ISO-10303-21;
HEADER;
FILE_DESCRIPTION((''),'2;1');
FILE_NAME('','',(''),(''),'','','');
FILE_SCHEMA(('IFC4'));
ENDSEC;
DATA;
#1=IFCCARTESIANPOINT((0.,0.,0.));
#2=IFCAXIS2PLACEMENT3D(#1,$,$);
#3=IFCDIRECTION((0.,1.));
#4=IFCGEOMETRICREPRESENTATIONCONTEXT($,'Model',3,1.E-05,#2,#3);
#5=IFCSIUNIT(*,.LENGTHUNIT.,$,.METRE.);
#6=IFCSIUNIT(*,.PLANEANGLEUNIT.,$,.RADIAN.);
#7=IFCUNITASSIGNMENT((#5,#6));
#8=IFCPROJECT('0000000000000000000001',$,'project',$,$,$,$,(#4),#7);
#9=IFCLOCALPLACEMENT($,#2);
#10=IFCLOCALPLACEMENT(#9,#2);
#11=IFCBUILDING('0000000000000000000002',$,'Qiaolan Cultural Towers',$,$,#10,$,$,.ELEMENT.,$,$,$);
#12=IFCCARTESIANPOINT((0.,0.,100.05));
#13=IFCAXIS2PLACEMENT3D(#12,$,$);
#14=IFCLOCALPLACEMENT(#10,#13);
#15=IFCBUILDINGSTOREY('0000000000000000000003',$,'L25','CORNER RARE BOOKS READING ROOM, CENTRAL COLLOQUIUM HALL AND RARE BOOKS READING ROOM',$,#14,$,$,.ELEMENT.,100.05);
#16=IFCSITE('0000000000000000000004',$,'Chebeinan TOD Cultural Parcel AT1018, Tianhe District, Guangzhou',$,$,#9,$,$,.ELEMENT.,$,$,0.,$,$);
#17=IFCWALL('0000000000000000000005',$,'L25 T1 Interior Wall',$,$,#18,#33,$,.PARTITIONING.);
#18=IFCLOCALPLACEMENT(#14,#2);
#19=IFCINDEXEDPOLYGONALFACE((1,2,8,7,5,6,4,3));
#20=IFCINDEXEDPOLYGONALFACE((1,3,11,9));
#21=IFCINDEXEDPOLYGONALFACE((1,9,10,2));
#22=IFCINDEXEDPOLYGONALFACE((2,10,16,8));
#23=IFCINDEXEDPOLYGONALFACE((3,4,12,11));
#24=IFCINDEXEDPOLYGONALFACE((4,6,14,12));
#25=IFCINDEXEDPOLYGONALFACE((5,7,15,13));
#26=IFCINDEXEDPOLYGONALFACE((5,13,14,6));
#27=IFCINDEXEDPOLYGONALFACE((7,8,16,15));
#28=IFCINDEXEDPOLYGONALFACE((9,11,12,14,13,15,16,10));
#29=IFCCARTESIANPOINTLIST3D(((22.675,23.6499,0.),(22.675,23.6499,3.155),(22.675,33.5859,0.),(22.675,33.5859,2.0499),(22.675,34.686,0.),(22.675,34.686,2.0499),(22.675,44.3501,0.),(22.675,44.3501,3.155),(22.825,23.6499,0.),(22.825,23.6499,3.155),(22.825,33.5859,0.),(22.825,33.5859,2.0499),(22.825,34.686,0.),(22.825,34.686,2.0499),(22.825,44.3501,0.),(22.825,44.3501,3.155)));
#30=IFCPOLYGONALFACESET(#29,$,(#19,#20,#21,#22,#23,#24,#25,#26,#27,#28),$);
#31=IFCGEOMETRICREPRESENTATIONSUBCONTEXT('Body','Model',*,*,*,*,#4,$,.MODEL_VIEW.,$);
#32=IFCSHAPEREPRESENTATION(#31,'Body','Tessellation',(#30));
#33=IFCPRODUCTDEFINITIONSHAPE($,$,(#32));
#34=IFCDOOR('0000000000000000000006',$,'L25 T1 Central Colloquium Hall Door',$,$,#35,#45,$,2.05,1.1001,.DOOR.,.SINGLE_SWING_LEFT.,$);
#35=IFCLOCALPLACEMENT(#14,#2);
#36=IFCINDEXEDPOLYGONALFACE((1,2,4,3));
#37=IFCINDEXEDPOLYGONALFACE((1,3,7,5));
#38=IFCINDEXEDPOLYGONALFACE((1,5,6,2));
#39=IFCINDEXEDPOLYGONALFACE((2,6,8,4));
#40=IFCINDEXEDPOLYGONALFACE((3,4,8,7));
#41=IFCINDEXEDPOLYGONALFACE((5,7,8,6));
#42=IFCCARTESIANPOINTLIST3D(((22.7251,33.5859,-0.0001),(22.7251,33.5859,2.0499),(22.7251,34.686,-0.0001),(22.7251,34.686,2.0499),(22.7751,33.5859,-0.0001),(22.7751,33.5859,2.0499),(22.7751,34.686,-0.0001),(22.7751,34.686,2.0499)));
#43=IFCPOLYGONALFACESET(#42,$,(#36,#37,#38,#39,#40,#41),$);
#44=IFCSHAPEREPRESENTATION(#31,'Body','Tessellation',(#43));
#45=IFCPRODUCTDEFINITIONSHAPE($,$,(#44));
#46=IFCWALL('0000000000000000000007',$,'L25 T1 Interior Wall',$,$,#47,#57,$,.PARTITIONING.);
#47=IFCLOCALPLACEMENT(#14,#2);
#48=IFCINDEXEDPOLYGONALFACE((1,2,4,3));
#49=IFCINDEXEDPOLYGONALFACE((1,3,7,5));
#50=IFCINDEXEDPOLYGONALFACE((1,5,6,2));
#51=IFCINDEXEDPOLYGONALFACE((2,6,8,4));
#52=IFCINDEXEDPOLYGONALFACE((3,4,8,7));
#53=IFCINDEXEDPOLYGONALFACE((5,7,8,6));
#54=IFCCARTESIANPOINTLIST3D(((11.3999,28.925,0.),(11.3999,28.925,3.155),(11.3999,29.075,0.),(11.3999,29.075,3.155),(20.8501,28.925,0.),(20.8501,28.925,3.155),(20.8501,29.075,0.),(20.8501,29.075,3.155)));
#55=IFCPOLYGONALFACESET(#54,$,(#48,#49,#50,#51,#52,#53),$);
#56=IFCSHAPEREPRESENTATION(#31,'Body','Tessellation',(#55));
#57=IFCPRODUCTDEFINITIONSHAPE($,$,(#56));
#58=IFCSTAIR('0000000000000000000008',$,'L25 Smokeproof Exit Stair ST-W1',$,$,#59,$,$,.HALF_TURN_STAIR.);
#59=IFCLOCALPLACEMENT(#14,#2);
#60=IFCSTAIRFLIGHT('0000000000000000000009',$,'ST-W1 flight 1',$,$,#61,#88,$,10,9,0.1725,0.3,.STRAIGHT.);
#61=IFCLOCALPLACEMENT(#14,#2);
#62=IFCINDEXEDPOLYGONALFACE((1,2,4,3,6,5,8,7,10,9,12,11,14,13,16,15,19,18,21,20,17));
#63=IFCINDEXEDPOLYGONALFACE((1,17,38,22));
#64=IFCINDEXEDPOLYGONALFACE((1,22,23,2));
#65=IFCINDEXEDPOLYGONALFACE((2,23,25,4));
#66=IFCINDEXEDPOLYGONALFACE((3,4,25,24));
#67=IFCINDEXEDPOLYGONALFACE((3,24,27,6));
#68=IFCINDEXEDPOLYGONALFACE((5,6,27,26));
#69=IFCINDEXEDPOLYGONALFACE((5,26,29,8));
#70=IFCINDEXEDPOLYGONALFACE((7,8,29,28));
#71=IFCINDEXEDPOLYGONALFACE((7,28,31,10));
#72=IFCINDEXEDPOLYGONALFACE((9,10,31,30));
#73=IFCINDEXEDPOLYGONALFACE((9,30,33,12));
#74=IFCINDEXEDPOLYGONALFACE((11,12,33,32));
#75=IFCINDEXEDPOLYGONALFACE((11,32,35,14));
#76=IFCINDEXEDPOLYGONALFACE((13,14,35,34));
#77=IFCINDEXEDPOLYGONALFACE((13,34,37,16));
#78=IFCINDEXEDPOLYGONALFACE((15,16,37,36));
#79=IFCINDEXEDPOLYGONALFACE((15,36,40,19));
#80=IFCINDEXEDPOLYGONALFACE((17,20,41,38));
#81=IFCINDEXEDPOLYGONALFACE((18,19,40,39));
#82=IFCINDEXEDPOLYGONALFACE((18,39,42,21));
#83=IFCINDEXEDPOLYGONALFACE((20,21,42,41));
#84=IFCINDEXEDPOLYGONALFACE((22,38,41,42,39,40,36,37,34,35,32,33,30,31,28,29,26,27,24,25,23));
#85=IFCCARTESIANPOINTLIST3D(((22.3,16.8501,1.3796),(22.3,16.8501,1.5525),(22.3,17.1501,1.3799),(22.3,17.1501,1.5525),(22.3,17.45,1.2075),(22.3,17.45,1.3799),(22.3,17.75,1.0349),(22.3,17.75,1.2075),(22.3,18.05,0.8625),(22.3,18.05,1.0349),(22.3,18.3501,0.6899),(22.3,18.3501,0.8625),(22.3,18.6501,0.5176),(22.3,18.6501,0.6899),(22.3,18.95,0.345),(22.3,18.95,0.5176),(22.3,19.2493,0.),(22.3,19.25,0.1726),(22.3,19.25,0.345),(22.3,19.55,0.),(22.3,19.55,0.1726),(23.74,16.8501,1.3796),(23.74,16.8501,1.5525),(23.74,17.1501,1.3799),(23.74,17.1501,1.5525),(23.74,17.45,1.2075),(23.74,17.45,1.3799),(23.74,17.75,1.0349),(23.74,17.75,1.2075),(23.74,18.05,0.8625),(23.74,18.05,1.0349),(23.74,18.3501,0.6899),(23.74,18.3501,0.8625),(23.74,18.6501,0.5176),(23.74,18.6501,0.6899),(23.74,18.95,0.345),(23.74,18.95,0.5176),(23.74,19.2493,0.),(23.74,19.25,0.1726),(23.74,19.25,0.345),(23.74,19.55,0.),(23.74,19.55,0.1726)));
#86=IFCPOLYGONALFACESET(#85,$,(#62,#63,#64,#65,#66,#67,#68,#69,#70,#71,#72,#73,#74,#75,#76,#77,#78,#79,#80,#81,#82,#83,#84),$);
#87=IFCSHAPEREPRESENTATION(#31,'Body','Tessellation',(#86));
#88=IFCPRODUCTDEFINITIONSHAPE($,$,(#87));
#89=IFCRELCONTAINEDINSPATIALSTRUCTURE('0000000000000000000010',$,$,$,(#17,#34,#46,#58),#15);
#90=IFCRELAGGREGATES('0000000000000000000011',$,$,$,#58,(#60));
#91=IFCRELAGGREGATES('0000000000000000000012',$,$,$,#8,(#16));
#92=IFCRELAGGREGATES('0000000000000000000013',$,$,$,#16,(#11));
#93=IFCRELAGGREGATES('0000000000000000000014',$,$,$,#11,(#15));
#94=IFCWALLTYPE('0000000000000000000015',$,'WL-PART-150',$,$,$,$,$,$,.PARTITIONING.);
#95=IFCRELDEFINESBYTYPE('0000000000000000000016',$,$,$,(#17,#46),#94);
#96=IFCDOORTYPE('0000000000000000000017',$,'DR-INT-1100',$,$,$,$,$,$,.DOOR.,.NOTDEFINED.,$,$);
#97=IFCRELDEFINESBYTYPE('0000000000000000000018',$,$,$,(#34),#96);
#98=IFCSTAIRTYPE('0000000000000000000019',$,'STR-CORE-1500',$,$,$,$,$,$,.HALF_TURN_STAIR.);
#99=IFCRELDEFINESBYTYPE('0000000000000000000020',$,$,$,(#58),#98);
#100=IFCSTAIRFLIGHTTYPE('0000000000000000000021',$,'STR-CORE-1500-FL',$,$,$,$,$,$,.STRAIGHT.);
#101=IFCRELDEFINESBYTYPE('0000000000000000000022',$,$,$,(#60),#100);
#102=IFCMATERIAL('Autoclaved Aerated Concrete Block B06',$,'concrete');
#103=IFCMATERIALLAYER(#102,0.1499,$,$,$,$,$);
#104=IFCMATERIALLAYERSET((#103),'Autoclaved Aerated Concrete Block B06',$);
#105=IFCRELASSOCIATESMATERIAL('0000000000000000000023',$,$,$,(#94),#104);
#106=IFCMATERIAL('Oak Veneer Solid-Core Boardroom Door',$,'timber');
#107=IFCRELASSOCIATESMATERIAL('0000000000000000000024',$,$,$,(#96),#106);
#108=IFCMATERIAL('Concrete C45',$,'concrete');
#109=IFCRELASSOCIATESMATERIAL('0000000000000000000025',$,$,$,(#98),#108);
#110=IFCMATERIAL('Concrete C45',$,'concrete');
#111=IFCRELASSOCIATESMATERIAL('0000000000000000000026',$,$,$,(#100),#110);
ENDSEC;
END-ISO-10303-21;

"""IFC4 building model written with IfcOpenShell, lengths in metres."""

from ifc_helpers import new_model, si_unit, direction, frame, frame_2d, origin, place, context, subcontext, project, spatial, polyline, rectangle, outline, extrude, material, layer, layer_set, type_object, element, fill, aggregate, save


model = new_model("IFC4")

# Units and contexts
model_context = context("Model", 3, precision=1e-05, world=origin(), true_north=direction((0.0, 1.0)))
body_context = subcontext(model_context, "Body", "Model", "MODEL_VIEW")
ifc_project = project(units=[si_unit("LENGTHUNIT", "METRE"), si_unit("PLANEANGLEUNIT", "RADIAN")], contexts=[model_context])

# Site, building, storey
site_placement = place(None, origin())
site = spatial("IfcSite", under=ifc_project, at=site_placement, Name="Chebeinan TOD Cultural Parcel AT1018, Tianhe District, Guangzhou", CompositionType="ELEMENT", RefElevation=0.0)
building_placement = place(site_placement, origin())
building = spatial("IfcBuilding", under=site, at=building_placement, Name="Qiaolan Cultural Towers", CompositionType="ELEMENT")
storey_placement = place(building_placement, frame((0.0, 0.0, 100.05)))
storey = spatial("IfcBuildingStorey", under=building, at=storey_placement, Name="L25", Description="CORNER RARE BOOKS READING ROOM, CENTRAL COLLOQUIUM HALL AND RARE BOOKS READING ROOM", CompositionType="ELEMENT", Elevation=100.05)

# Shared definitions
ifc_material_1 = material(Name="Autoclaved Aerated Concrete Block B06", Category="concrete")
ifc_layer_1 = layer(ifc_material_1, 0.1499)
ifc_layer_set_1 = layer_set([ifc_layer_1], Name="Autoclaved Aerated Concrete Block B06")
wall_type_1 = type_object("IfcWallType", Name="WL-PART-150", PredefinedType="PARTITIONING", material=ifc_layer_set_1)

# Wall, opening, door
wall_1_placement = place(storey_placement, frame((22.75, 23.6499, 0.0), z_axis=(0.0, 0.0, 1.0), x_axis=(0.0, 1.0, 0.0)))
wall_1 = element("IfcWall", 1, at=wall_1_placement, inside=storey, type_object=wall_type_1, Name="L25 T1 Interior Wall", PredefinedType="PARTITIONING", context=body_context, shape_type="SweptSolid", body=[
    extrude(rectangle(XDim=20.7002, YDim=0.1499, at=frame_2d((10.3501, 0.0))), origin(), (0.0, 0.0, 1.0), 3.155),
])
opening_1_placement = place(wall_1_placement, frame((9.936, 0.0, 0.0)))
opening_1 = element("IfcOpeningElement", 2, at=opening_1_placement, cuts=wall_1, PredefinedType="OPENING", context=body_context, shape_type="SweptSolid", body=[
    extrude(rectangle(XDim=1.1001, YDim=2.05, at=frame_2d((0.55, 1.0249))), frame((0.0, 0.085, 0.0), z_axis=(0.0, -1.0, 0.0), x_axis=(1.0, 0.0, 0.0)), (0.0, 0.0, 1.0), 0.1699),
])
ifc_material_2 = material(Name="Oak Veneer Solid-Core Boardroom Door", Category="timber")
door_type_1 = type_object("IfcDoorType", Name="DR-INT-1100", OperationType="NOTDEFINED", PredefinedType="DOOR", material=ifc_material_2)
door_1_placement = place(opening_1_placement, origin())
door_1 = element("IfcDoor", 3, at=door_1_placement, inside=storey, type_object=door_type_1, Name="L25 T1 Central Colloquium Hall Door", OperationType="SINGLE_SWING_LEFT", OverallHeight=2.05, OverallWidth=1.1001, PredefinedType="DOOR", context=body_context, shape_type="SweptSolid", body=[
    extrude(rectangle(XDim=1.1001, YDim=2.05, at=frame_2d((0.55, 1.0249))), frame((0.0, 0.0249, 0.0), z_axis=(0.0, -1.0, 0.0), x_axis=(1.0, 0.0, 0.0)), (0.0, 0.0, 1.0), 0.05),
])
fill(opening_1, door_1)

# Wall
wall_2_placement = place(storey_placement, frame((11.3999, 29.0, 0.0), z_axis=(0.0, 0.0, 1.0), x_axis=(1.0, 0.0, 0.0)))
element("IfcWall", 4, at=wall_2_placement, inside=storey, type_object=wall_type_1, Name="L25 T1 Interior Wall", PredefinedType="PARTITIONING", context=body_context, shape_type="SweptSolid", body=[
    extrude(rectangle(XDim=9.4502, YDim=0.1499, at=frame_2d((4.7251, 0.0))), origin(), (0.0, 0.0, 1.0), 3.155),
])

# Stair, stair flight
ifc_material_3 = material(Name="Concrete C45", Category="concrete")
stair_type = type_object("IfcStairType", Name="STR-CORE-1500", PredefinedType="HALF_TURN_STAIR", material=ifc_material_3)
stair_placement = place(storey_placement, origin())
stair = element("IfcStair", 5, at=stair_placement, inside=storey, type_object=stair_type, Name="L25 Smokeproof Exit Stair ST-W1", PredefinedType="HALF_TURN_STAIR")
ifc_material_4 = material(Name="Concrete C45", Category="concrete")
stair_flight_type = type_object("IfcStairFlightType", Name="STR-CORE-1500-FL", PredefinedType="STRAIGHT", material=ifc_material_4)
stair_flight_placement = place(storey_placement, frame((23.02, 19.55, 0.0), z_axis=(0.0, 0.0, 1.0), x_axis=(0.0, -1.0, 0.0)))
stair_flight = element("IfcStairFlight", 6, at=stair_flight_placement, type_object=stair_flight_type, Name="ST-W1 flight 1", NumberOfRisers=10, NumberOfTreads=9, PredefinedType="STRAIGHT", RiserHeight=0.1725, TreadLength=0.3, context=body_context, shape_type="SweptSolid", body=[
    extrude(outline(polyline([(0.0, 0.0), (0.0, 0.1726), (0.3, 0.1726), (0.3, 0.345), (0.6001, 0.345), (0.6001, 0.5176), (0.8999, 0.5176), (0.8999, 0.6899), (1.2, 0.6899), (1.2, 0.8625), (1.5, 0.8625), (1.5, 1.0349), (1.8, 1.0349), (1.8, 1.2075), (2.1001, 1.2075), (2.1001, 1.3799), (2.3999, 1.3799), (2.3999, 1.5525), (2.7, 1.5525), (2.7, 1.7251), (2.7, 1.3796), (0.3008, 0.0), (0.0, 0.0)])), frame((0.0, 0.72, 0.0), z_axis=(0.0, -1.0, 0.0), x_axis=(1.0, 0.0, 0.0)), (0.0, 0.0, 1.0), 1.4399),
])
aggregate(stair, [stair_flight])

save(model, "model.ifc")
